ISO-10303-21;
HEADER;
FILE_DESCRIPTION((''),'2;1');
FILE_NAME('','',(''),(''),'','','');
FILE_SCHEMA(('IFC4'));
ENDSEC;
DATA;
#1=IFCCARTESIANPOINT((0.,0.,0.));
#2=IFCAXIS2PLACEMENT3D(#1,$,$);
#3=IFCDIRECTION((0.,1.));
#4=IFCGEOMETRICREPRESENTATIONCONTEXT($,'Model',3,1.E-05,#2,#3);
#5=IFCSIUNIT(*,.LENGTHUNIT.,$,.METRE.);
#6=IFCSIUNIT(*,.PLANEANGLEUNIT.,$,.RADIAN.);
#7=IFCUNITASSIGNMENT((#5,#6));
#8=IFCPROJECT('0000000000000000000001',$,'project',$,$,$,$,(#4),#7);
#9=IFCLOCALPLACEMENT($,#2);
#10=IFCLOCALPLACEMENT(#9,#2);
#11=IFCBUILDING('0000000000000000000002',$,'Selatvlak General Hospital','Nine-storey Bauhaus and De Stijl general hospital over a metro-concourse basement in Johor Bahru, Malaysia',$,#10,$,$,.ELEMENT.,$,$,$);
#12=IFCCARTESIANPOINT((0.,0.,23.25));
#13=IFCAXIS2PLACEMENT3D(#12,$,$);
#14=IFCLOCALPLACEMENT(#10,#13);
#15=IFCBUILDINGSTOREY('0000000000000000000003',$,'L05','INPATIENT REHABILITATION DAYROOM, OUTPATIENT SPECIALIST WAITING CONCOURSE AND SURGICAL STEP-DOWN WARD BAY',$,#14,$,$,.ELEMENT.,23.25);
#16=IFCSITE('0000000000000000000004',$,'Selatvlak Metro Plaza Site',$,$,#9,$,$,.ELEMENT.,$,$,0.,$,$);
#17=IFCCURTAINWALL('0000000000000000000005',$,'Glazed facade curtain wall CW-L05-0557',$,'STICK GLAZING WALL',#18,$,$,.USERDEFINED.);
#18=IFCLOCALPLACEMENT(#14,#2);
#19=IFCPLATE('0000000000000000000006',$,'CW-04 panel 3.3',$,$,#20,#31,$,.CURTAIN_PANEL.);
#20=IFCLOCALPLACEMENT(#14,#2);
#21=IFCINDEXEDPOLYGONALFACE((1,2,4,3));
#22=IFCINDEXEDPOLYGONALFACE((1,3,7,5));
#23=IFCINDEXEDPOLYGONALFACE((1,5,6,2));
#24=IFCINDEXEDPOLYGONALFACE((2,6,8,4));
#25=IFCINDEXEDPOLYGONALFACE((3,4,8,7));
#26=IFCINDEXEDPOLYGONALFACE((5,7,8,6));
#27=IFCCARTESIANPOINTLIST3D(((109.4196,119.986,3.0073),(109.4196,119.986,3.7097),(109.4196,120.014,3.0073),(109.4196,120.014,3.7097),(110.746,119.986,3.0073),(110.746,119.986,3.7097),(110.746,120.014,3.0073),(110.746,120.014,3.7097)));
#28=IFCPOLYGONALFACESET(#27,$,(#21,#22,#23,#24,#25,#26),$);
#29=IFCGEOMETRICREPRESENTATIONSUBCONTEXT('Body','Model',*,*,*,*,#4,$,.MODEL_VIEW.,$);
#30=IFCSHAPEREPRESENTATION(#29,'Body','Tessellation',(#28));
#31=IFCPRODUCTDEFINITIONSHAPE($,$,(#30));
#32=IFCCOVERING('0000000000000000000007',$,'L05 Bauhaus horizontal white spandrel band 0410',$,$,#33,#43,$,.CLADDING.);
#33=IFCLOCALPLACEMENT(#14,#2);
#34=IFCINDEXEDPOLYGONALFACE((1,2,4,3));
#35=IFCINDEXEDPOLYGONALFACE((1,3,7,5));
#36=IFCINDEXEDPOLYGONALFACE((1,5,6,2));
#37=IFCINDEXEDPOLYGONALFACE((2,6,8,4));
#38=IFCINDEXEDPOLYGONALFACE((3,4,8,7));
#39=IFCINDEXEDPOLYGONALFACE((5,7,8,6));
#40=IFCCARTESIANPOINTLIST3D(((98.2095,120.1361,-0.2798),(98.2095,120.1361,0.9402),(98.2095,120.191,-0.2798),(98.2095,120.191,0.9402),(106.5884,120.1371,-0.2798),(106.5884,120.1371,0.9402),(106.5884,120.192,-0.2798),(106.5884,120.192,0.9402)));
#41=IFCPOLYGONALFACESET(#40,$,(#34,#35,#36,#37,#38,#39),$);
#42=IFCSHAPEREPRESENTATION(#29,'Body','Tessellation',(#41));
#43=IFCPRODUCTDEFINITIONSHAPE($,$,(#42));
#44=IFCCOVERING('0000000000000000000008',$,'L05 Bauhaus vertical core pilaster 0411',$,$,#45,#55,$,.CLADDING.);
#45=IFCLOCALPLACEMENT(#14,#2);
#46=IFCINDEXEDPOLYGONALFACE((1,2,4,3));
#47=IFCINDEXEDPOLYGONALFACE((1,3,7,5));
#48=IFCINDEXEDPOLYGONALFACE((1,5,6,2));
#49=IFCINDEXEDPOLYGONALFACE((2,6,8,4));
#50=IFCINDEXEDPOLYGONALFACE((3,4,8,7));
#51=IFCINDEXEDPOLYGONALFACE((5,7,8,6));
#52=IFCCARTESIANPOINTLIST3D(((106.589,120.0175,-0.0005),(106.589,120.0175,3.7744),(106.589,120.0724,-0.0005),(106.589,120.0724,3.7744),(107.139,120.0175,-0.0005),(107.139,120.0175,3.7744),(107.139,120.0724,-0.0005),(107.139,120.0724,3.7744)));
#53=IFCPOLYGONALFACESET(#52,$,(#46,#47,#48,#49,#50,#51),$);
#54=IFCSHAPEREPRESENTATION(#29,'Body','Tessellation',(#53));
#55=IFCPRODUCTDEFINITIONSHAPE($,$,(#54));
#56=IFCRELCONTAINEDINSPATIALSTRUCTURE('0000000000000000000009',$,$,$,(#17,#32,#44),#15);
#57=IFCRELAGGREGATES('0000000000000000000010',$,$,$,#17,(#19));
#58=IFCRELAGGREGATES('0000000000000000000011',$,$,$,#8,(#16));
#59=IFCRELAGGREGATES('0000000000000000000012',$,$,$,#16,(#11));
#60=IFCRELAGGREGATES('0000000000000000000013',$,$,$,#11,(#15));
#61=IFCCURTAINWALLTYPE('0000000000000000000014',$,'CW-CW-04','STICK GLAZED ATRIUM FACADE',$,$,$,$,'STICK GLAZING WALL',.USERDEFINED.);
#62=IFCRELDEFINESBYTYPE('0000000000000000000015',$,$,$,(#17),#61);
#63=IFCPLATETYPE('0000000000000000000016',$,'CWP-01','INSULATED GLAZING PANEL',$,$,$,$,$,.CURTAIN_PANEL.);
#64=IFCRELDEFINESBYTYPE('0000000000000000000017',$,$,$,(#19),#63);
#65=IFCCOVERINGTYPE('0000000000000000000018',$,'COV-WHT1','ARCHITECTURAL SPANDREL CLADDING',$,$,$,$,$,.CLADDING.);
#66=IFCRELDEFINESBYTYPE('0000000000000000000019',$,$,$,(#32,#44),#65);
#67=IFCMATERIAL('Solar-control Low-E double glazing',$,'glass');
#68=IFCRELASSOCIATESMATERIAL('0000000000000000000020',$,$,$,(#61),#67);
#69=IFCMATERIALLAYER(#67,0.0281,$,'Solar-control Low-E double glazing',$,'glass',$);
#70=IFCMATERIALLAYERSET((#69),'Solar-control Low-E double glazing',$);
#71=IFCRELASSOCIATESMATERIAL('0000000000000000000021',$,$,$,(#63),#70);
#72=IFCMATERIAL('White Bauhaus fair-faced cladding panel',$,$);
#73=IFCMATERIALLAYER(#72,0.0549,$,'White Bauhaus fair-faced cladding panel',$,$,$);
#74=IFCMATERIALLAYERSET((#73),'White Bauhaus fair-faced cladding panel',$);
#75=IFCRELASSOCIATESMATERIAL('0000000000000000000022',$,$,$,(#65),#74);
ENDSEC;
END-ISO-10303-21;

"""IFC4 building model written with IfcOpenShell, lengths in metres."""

from ifc_helpers import new_model, si_unit, direction, frame, origin, origin_2d, place, context, subcontext, project, spatial, rectangle, extrude, material, layer, layer_set, type_object, element, aggregate, save


model = new_model("IFC4")

# Units and contexts
model_context = context("Model", 3, precision=1e-05, world=origin(), true_north=direction((0.0, 1.0)))
body_context = subcontext(model_context, "Body", "Model", "MODEL_VIEW")
ifc_project = project(units=[si_unit("LENGTHUNIT", "METRE"), si_unit("PLANEANGLEUNIT", "RADIAN")], contexts=[model_context])

# Site, building, storey
site_placement = place(None, origin())
site = spatial("IfcSite", under=ifc_project, at=site_placement, Name="Selatvlak Metro Plaza Site", CompositionType="ELEMENT", RefElevation=0.0)
building_placement = place(site_placement, origin())
building = spatial("IfcBuilding", under=site, at=building_placement, Name="Selatvlak General Hospital", Description="Nine-storey Bauhaus and De Stijl general hospital over a metro-concourse basement in Johor Bahru, Malaysia", CompositionType="ELEMENT")
storey_placement = place(building_placement, frame((0.0, 0.0, 23.25)))
storey = spatial("IfcBuildingStorey", under=building, at=storey_placement, Name="L05", Description="INPATIENT REHABILITATION DAYROOM, OUTPATIENT SPECIALIST WAITING CONCOURSE AND SURGICAL STEP-DOWN WARD BAY", CompositionType="ELEMENT", Elevation=23.25)

# Shared definitions
ifc_material_1 = material(Name="Solar-control Low-E double glazing", Category="glass")

# Curtain wall, plate
curtain_wall_type_1 = type_object("IfcCurtainWallType", Name="CW-CW-04", Description="STICK GLAZED ATRIUM FACADE", ElementType="STICK GLAZING WALL", PredefinedType="USERDEFINED", material=ifc_material_1)
curtain_wall_1_placement = place(storey_placement, origin())
curtain_wall_1 = element("IfcCurtainWall", 1, at=curtain_wall_1_placement, inside=storey, type_object=curtain_wall_type_1, Name="Glazed facade curtain wall CW-L05-0557", ObjectType="STICK GLAZING WALL", PredefinedType="USERDEFINED")
ifc_layer_1 = layer(ifc_material_1, 0.0281, Name="Solar-control Low-E double glazing", Category="glass")
ifc_layer_set_1 = layer_set([ifc_layer_1], Name="Solar-control Low-E double glazing")
plate_type = type_object("IfcPlateType", Name="CWP-01", Description="INSULATED GLAZING PANEL", PredefinedType="CURTAIN_PANEL", material=ifc_layer_set_1)
plate_1_placement = place(storey_placement, frame((110.0828, 120.0, 3.0073), z_axis=(0.0, 0.0, 1.0), x_axis=(1.0, 0.0, 0.0)))
plate_1 = element("IfcPlate", 2, at=plate_1_placement, type_object=plate_type, Name="CW-04 panel 3.3", PredefinedType="CURTAIN_PANEL", context=body_context, shape_type="SweptSolid", body=[
    extrude(rectangle(XDim=1.3264, YDim=0.0281, at=origin_2d()), origin(), (0.0, 0.0, 1.0), 0.7024),
])
aggregate(curtain_wall_1, [plate_1])

# Coverings
ifc_material_2 = material(Name="White Bauhaus fair-faced cladding panel")
ifc_layer_2 = layer(ifc_material_2, 0.0549, Name="White Bauhaus fair-faced cladding panel")
ifc_layer_set_2 = layer_set([ifc_layer_2], Name="White Bauhaus fair-faced cladding panel")
covering_type = type_object("IfcCoveringType", Name="COV-WHT1", Description="ARCHITECTURAL SPANDREL CLADDING", PredefinedType="CLADDING", material=ifc_layer_set_2)
covering_1_placement = place(storey_placement, frame((102.3989, 120.1641, -0.2798), z_axis=(0.0, 0.0, 1.0), x_axis=(1.0, 0.000122, 0.0)))
element("IfcCovering", 3, at=covering_1_placement, inside=storey, type_object=covering_type, Name="L05 Bauhaus horizontal white spandrel band 0410", PredefinedType="CLADDING", context=body_context, shape_type="SweptSolid", body=[
    extrude(rectangle(XDim=8.3789, YDim=0.0549, at=origin_2d()), origin(), (0.0, 0.0, 1.0), 1.22),
])
covering_2_placement = place(storey_placement, frame((106.864, 120.0449, -0.0005), z_axis=(0.0, 0.0, 1.0), x_axis=(1.0, 0.0, 0.0)))
element("IfcCovering", 4, at=covering_2_placement, inside=storey, type_object=covering_type, Name="L05 Bauhaus vertical core pilaster 0411", PredefinedType="CLADDING", context=body_context, shape_type="SweptSolid", body=[
    extrude(rectangle(XDim=0.55, YDim=0.0549, at=origin_2d()), origin(), (0.0, 0.0, 1.0), 3.7749),
])

save(model, "model.ifc")
